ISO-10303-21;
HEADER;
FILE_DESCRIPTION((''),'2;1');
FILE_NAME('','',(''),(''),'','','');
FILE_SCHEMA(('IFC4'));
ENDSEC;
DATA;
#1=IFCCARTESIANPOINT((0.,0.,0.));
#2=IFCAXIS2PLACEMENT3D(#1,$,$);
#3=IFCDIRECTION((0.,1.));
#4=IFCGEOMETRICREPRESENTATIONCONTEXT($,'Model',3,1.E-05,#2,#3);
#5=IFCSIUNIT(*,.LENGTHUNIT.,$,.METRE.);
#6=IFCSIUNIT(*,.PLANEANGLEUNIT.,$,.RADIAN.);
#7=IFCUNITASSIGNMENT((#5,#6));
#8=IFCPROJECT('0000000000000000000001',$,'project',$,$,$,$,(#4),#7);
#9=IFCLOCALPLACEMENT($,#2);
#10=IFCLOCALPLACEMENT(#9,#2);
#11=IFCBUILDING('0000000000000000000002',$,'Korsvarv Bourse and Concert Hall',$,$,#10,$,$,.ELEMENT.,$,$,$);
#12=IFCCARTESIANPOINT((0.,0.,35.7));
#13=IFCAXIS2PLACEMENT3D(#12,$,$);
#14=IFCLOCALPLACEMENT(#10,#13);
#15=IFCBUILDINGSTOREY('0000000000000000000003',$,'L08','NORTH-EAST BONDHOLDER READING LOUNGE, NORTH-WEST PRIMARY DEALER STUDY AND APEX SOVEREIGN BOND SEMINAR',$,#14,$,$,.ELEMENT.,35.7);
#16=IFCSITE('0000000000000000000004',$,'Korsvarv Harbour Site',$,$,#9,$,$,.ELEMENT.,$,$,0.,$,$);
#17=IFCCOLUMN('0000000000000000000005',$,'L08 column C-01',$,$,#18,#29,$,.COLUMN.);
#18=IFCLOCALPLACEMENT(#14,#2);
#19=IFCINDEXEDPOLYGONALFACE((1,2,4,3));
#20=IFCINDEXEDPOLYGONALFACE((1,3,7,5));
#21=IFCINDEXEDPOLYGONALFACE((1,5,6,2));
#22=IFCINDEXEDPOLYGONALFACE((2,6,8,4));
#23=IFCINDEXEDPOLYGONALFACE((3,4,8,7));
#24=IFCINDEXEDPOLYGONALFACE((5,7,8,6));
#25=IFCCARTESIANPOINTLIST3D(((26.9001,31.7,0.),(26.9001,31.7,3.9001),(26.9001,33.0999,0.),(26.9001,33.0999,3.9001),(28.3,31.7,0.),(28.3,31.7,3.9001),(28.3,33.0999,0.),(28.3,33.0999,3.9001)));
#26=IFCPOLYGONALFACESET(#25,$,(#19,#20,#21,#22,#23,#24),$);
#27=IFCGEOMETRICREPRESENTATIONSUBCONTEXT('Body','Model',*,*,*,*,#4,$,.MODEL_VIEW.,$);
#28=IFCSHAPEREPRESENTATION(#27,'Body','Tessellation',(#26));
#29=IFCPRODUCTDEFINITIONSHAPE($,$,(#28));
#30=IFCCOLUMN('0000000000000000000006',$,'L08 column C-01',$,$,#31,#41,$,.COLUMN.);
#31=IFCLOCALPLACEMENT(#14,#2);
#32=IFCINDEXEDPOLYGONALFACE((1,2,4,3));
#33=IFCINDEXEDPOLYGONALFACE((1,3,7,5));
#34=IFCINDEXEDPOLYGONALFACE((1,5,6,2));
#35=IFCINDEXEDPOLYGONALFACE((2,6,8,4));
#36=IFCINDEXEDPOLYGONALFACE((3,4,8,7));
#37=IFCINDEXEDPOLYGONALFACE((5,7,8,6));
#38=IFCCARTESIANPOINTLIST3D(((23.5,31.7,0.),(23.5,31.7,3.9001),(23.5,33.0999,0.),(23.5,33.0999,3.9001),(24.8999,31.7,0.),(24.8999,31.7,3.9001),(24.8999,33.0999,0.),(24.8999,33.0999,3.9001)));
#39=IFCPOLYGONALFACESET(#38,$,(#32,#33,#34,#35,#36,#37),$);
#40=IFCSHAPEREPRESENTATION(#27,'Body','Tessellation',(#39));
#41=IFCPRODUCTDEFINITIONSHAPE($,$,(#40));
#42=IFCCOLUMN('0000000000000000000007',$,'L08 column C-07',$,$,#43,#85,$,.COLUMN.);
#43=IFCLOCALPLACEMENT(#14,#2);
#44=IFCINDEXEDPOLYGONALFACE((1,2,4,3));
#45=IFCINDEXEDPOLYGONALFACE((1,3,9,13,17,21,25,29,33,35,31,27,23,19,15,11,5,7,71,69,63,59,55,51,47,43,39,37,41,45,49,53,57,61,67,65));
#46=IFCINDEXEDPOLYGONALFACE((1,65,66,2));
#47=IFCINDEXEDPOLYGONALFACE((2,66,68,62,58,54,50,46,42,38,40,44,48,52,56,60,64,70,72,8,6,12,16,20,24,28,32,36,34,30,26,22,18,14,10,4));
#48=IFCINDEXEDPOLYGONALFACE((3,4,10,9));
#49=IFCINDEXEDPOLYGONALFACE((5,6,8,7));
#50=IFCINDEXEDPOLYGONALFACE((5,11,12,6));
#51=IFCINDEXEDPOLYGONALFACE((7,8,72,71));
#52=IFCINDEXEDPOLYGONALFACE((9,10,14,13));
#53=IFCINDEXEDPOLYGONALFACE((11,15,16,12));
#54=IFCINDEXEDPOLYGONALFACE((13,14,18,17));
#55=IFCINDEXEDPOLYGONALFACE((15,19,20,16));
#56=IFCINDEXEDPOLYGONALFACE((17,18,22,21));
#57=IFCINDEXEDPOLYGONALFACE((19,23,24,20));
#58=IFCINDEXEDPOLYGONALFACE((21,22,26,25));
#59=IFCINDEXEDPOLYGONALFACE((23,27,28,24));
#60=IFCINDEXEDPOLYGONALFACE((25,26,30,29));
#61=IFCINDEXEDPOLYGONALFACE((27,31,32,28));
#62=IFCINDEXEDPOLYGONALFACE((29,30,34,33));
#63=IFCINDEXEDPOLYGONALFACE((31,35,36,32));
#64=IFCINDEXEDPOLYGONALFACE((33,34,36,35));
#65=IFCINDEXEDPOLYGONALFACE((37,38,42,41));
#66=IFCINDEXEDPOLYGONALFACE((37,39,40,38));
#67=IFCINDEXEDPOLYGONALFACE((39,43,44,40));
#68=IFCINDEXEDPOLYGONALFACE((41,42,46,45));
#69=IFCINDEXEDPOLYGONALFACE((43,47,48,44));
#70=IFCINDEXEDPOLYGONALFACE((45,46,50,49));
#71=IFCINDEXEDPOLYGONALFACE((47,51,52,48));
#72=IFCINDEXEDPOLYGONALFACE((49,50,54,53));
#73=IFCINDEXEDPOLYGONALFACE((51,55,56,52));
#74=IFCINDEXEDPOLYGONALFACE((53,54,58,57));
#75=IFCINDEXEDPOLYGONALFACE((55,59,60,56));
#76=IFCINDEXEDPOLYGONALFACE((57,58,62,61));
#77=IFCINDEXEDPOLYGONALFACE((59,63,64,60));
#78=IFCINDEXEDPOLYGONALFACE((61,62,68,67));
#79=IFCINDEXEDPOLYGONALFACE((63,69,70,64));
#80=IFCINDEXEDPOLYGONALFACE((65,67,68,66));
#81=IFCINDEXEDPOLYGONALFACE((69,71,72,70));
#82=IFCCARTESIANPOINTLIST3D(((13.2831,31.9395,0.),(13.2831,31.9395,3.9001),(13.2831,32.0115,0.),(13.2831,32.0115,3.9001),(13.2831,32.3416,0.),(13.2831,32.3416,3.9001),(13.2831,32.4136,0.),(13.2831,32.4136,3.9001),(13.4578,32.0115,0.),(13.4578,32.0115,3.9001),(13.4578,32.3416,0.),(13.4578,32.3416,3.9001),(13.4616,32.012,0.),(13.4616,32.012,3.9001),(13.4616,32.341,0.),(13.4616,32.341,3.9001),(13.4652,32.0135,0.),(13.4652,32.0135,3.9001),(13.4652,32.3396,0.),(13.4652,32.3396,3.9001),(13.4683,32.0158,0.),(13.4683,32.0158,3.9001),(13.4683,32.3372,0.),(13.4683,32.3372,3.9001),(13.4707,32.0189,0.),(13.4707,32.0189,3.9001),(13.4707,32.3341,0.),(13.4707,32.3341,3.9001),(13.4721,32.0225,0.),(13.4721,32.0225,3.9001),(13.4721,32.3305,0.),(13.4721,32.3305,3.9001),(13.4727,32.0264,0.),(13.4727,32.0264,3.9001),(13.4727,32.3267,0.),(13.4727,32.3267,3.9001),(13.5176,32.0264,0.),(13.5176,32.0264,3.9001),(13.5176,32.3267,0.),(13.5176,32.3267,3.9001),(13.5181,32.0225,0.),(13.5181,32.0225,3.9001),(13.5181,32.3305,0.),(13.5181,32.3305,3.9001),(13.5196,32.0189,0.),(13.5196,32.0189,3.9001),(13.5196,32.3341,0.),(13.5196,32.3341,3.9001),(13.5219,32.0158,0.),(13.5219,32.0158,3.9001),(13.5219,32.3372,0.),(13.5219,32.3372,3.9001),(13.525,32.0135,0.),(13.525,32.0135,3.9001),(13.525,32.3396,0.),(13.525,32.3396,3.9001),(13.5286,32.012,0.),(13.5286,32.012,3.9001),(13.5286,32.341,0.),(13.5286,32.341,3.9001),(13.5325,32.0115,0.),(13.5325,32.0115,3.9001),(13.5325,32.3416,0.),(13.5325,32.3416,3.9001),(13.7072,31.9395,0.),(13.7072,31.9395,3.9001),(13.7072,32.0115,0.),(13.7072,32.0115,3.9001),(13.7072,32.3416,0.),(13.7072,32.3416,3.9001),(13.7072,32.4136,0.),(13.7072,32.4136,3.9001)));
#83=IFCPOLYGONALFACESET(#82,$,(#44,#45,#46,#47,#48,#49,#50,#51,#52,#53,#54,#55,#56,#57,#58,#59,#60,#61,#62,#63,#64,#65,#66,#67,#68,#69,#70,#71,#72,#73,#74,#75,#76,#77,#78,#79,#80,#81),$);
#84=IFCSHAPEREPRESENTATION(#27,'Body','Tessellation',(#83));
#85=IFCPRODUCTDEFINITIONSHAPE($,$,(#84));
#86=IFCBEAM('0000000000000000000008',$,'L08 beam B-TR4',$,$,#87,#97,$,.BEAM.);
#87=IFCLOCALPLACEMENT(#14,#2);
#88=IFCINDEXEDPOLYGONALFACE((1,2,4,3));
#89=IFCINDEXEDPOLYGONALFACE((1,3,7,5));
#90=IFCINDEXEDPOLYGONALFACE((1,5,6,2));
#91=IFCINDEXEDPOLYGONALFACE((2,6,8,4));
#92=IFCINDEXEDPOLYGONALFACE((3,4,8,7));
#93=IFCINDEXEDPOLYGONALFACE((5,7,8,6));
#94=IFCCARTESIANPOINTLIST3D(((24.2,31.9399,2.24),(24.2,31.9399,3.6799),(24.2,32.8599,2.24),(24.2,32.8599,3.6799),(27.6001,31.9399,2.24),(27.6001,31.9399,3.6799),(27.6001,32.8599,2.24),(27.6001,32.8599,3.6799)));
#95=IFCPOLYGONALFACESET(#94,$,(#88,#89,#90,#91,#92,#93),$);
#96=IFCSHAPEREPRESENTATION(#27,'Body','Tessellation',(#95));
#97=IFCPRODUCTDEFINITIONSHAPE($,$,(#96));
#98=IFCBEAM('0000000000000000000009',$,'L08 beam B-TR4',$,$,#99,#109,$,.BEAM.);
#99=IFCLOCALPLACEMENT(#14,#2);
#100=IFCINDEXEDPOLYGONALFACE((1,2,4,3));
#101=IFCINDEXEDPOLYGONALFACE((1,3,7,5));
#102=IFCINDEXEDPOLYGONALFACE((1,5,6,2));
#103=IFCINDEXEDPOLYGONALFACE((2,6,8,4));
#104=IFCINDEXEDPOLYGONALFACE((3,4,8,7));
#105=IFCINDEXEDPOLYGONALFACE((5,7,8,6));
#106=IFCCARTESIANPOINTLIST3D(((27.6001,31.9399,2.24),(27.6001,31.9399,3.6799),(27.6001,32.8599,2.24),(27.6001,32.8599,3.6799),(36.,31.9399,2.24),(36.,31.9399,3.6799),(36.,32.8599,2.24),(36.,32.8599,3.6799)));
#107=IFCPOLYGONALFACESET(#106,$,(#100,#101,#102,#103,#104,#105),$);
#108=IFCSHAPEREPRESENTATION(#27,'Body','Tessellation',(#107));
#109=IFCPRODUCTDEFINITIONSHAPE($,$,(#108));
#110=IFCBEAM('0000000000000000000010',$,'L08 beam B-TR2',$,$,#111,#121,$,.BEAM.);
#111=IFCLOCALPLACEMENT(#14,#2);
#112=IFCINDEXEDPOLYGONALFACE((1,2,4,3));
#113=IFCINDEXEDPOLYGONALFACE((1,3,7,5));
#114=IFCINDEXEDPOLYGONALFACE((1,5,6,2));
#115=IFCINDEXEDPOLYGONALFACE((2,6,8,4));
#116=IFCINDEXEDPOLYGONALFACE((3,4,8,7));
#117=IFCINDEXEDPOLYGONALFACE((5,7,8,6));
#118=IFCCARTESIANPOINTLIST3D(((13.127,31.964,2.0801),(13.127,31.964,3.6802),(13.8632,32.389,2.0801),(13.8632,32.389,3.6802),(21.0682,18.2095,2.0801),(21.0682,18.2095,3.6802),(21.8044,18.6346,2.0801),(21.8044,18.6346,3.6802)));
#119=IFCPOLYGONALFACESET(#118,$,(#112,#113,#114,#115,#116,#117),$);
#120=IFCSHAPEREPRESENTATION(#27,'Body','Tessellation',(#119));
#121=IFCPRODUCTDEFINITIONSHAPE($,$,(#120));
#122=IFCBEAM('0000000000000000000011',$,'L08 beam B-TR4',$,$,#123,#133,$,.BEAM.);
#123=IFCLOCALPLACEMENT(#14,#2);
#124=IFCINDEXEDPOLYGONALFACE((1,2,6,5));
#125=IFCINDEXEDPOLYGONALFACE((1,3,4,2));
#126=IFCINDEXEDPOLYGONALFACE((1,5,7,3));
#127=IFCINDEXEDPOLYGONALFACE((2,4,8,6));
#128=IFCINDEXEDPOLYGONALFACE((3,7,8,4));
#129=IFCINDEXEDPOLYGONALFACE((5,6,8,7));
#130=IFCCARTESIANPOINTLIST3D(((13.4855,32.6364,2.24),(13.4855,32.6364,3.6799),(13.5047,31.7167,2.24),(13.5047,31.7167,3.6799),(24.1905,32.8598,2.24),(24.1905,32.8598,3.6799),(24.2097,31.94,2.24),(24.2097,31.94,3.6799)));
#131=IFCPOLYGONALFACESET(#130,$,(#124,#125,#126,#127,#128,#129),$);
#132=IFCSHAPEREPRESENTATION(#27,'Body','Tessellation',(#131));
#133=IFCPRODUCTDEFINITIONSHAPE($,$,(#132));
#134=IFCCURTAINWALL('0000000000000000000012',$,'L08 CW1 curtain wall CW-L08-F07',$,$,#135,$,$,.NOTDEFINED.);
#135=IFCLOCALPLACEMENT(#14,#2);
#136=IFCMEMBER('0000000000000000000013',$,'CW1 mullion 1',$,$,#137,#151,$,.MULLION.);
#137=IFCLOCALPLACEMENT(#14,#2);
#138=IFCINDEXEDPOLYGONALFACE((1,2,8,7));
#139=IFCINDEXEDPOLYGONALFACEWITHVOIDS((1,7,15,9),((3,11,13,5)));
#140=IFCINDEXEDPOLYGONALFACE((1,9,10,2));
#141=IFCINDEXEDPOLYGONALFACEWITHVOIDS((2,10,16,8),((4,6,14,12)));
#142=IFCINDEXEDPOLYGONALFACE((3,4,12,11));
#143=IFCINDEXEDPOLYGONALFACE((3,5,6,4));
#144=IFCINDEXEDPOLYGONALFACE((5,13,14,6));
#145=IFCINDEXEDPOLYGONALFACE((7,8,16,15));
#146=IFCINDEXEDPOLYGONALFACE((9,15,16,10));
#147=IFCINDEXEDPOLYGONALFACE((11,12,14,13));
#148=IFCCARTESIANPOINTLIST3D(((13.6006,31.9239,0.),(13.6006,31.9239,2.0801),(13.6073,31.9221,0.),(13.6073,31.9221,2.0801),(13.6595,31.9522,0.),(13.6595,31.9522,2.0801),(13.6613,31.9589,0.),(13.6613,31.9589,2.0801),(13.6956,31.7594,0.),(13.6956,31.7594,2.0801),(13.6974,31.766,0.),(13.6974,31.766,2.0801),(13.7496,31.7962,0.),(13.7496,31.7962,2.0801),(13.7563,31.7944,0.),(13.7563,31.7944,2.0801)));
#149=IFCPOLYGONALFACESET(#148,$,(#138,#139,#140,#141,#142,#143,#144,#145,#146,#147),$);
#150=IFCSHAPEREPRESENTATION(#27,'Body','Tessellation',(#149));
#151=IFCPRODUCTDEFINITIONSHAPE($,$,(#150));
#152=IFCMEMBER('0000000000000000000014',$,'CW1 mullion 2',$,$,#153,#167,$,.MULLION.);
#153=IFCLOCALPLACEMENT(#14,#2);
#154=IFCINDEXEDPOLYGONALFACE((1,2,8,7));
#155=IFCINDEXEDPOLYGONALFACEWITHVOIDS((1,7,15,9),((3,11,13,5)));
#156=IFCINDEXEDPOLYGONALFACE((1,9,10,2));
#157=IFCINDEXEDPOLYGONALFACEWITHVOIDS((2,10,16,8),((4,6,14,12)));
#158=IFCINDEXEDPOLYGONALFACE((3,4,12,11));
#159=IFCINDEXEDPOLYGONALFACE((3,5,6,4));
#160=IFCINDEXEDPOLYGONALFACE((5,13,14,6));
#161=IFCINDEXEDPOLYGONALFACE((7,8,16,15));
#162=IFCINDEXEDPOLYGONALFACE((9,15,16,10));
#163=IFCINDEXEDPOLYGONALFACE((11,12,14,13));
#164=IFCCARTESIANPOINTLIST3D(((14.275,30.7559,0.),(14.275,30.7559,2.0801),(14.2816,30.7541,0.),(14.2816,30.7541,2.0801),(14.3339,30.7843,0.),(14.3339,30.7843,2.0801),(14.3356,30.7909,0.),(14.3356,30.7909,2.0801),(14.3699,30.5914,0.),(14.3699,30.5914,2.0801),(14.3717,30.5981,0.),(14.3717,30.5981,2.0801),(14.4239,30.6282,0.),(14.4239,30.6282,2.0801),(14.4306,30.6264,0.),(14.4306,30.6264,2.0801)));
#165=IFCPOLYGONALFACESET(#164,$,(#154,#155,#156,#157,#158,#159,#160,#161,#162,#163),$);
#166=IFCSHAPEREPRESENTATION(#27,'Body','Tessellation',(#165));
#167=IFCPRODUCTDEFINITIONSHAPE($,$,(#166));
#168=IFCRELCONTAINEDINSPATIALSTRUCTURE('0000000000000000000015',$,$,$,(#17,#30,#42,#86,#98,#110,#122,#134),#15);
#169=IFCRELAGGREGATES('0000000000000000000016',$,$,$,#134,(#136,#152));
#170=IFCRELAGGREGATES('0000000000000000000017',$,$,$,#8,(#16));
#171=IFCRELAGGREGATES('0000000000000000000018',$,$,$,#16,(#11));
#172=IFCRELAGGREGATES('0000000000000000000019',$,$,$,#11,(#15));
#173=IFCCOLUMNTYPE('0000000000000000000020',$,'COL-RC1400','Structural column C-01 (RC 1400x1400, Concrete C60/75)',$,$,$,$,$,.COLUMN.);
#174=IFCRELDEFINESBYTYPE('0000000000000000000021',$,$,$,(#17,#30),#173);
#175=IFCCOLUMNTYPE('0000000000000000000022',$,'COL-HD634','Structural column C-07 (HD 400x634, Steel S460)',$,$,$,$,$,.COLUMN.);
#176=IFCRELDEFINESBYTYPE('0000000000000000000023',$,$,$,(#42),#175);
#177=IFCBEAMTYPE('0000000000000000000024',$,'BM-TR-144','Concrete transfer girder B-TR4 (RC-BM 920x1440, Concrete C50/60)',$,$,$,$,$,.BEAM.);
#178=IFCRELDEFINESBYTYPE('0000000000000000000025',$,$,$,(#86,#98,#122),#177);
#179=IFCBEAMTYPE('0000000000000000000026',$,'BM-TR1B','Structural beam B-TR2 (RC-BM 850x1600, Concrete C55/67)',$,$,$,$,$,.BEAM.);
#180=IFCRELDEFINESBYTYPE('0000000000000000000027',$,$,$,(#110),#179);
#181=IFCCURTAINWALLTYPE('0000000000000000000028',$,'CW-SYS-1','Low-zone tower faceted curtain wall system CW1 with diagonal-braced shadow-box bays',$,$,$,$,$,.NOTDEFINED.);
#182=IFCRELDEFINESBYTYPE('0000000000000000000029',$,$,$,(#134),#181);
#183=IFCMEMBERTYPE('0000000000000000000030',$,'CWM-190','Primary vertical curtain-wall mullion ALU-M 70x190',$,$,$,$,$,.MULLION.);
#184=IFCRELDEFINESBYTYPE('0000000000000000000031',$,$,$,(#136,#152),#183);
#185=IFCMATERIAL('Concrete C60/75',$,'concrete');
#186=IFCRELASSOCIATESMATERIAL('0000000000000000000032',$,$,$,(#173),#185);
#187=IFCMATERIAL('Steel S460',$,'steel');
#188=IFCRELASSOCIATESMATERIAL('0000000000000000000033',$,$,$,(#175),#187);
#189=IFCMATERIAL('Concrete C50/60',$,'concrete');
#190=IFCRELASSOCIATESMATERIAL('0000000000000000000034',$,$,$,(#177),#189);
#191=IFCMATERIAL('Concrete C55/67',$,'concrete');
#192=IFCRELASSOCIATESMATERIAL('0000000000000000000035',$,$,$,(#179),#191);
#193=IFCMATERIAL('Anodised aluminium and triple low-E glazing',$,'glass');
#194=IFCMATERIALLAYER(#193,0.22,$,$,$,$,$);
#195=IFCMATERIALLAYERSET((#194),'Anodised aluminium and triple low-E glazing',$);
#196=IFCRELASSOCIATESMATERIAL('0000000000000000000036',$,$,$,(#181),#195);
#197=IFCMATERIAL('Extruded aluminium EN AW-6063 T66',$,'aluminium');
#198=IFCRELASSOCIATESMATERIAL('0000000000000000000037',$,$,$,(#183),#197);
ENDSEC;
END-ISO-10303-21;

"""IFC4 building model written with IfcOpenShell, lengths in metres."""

from ifc_helpers import new_model, si_unit, direction, frame, origin, origin_2d, place, context, subcontext, project, spatial, rectangle, hollow_rectangle, i_section, extrude, source, transform, mapped, material, layer, layer_set, material_profile, profile_set, type_object, element, aggregate, save


model = new_model("IFC4")

# Units and contexts
model_context = context("Model", 3, precision=1e-05, world=origin(), true_north=direction((0.0, 1.0)))
body_context = subcontext(model_context, "Body", "Model", "MODEL_VIEW")
ifc_project = project(units=[si_unit("LENGTHUNIT", "METRE"), si_unit("PLANEANGLEUNIT", "RADIAN")], contexts=[model_context])

# Site, building, storey
site_placement = place(None, origin())
site = spatial("IfcSite", under=ifc_project, at=site_placement, Name="Korsvarv Harbour Site", CompositionType="ELEMENT", RefElevation=0.0)
building_placement = place(site_placement, origin())
building = spatial("IfcBuilding", under=site, at=building_placement, Name="Korsvarv Bourse and Concert Hall", CompositionType="ELEMENT")
storey_placement = place(building_placement, frame((0.0, 0.0, 35.7)))
storey = spatial("IfcBuildingStorey", under=building, at=storey_placement, Name="L08", Description="NORTH-EAST BONDHOLDER READING LOUNGE, NORTH-WEST PRIMARY DEALER STUDY AND APEX SOVEREIGN BOND SEMINAR", CompositionType="ELEMENT", Elevation=35.7)

# Columns
ifc_material_1 = material(Name="Concrete C60/75", Category="concrete")
ifc_material_profile_1 = material_profile(ifc_material_1, rectangle(XDim=1.3999, YDim=1.3999, at=origin_2d()), Name="RC 1400x1400")
ifc_profile_set_1 = profile_set([ifc_material_profile_1], Name="Concrete C60/75")
column_type_1 = type_object("IfcColumnType", Name="COL-RC1400", Description="Structural column C-01 (RC 1400x1400, Concrete C60/75)", PredefinedType="COLUMN", material=ifc_profile_set_1)
shared_shape_1 = source(origin(), body_context, "Body", "SweptSolid", [
    extrude(rectangle(XDim=1.3999, YDim=1.3999, at=origin_2d()), origin(), (0.0, 0.0, 1.0), 3.9001),
])
for number, where, z_axis, x_axis, name in (
    (1, (27.6001, 32.3999, 0.0), (0.0, 0.0, 1.0), (1.0, 0.0, 0.0), "L08 column C-01"),
    (2, (24.2, 32.3999, 0.0), (0.0, 0.0, 1.0), (1.0, 0.0, 0.0), "L08 column C-01"),
):
    element("IfcColumn", number, at=place(storey_placement, frame(where, z_axis=z_axis, x_axis=x_axis)), inside=storey, type_object=column_type_1, Name=name, PredefinedType="COLUMN", context=body_context, shape_type="MappedRepresentation", body=[
        mapped(shared_shape_1, transform((0.0, 0.0, 0.0), scale=1.0)),
    ])
ifc_material_2 = material(Name="Steel S460", Category="steel")
ifc_material_profile_2 = material_profile(ifc_material_2, i_section(OverallWidth=0.4241, OverallDepth=0.4741, WebThickness=0.0449, FlangeThickness=0.072, FilletRadius=0.0149, at=origin_2d()), Name="HD 400x634")
ifc_profile_set_2 = profile_set([ifc_material_profile_2], Name="Steel S460")
column_type_2 = type_object("IfcColumnType", Name="COL-HD634", Description="Structural column C-07 (HD 400x634, Steel S460)", PredefinedType="COLUMN", material=ifc_profile_set_2)
shared_shape_2 = source(origin(), body_context, "Body", "SweptSolid", [
    extrude(i_section(OverallWidth=0.4241, OverallDepth=0.4741, WebThickness=0.0449, FlangeThickness=0.072, FilletRadius=0.0149, at=origin_2d()), origin(), (0.0, 0.0, 1.0), 3.9001),
])
column_placement = place(storey_placement, frame((13.4951, 32.1765, 0.0), z_axis=(0.0, 0.0, 1.0), x_axis=(1.0, 0.0, 0.0)))
element("IfcColumn", 3, at=column_placement, inside=storey, type_object=column_type_2, Name="L08 column C-07", PredefinedType="COLUMN", context=body_context, shape_type="MappedRepresentation", body=[
    mapped(shared_shape_2, transform((0.0, 0.0, 0.0), scale=1.0)),
])

# Beams
ifc_material_3 = material(Name="Concrete C50/60", Category="concrete")
ifc_material_profile_3 = material_profile(ifc_material_3, rectangle(XDim=0.9199, YDim=1.4399, at=origin_2d()), Name="RC-BM 920x1440")
ifc_profile_set_3 = profile_set([ifc_material_profile_3], Name="Concrete C50/60")
beam_type_1 = type_object("IfcBeamType", Name="BM-TR-144", Description="Concrete transfer girder B-TR4 (RC-BM 920x1440, Concrete C50/60)", PredefinedType="BEAM", material=ifc_profile_set_3)
shared_shape_3 = source(origin(), body_context, "Body", "SweptSolid", [
    extrude(rectangle(XDim=0.9199, YDim=1.4399, at=origin_2d()), origin(), (0.0, 0.0, 1.0), 3.4001),
])
beam_1_placement = place(storey_placement, frame((24.2, 32.3999, 2.96), z_axis=(1.0, 0.0, 0.0), x_axis=(0.0, 1.0, 0.0)))
element("IfcBeam", 4, at=beam_1_placement, inside=storey, type_object=beam_type_1, Name="L08 beam B-TR4", PredefinedType="BEAM", context=body_context, shape_type="MappedRepresentation", body=[
    mapped(shared_shape_3, transform((0.0, 0.0, 0.0), scale=1.0)),
])
shared_shape_4 = source(origin(), body_context, "Body", "SweptSolid", [
    extrude(rectangle(XDim=0.9199, YDim=1.4399, at=origin_2d()), origin(), (0.0, 0.0, 1.0), 8.3999),
])
beam_2_placement = place(storey_placement, frame((27.6001, 32.3999, 2.96), z_axis=(1.0, 0.0, 0.0), x_axis=(0.0, 1.0, 0.0)))
element("IfcBeam", 5, at=beam_2_placement, inside=storey, type_object=beam_type_1, Name="L08 beam B-TR4", PredefinedType="BEAM", context=body_context, shape_type="MappedRepresentation", body=[
    mapped(shared_shape_4, transform((0.0, 0.0, 0.0), scale=1.0)),
])
ifc_material_4 = material(Name="Concrete C55/67", Category="concrete")
ifc_material_profile_4 = material_profile(ifc_material_4, rectangle(XDim=0.8501, YDim=1.6001, at=origin_2d()), Name="RC-BM 850x1600")
ifc_profile_set_4 = profile_set([ifc_material_profile_4], Name="Concrete C55/67")
beam_type_2 = type_object("IfcBeamType", Name="BM-TR1B", Description="Structural beam B-TR2 (RC-BM 850x1600, Concrete C55/67)", PredefinedType="BEAM", material=ifc_profile_set_4)
shared_shape_5 = source(origin(), body_context, "Body", "SweptSolid", [
    extrude(rectangle(XDim=0.8501, YDim=1.6001, at=origin_2d()), origin(), (0.0, 0.0, 1.0), 15.8823),
])
beam_3_placement = place(storey_placement, frame((13.4951, 32.1765, 2.8801), z_axis=(0.500003, -0.866024, 0.0), x_axis=(0.866024, 0.500003, 0.0)))
element("IfcBeam", 6, at=beam_3_placement, inside=storey, type_object=beam_type_2, Name="L08 beam B-TR2", PredefinedType="BEAM", context=body_context, shape_type="MappedRepresentation", body=[
    mapped(shared_shape_5, transform((0.0, 0.0, 0.0), scale=1.0)),
])
shared_shape_6 = source(origin(), body_context, "Body", "SweptSolid", [
    extrude(rectangle(XDim=0.9199, YDim=1.4399, at=origin_2d()), origin(), (0.0, 0.0, 1.0), 10.7073),
])
beam_4_placement = place(storey_placement, frame((13.4951, 32.1765, 2.96), z_axis=(0.999782, 0.020863, 0.0), x_axis=(-0.020863, 0.999782, 0.0)))
element("IfcBeam", 7, at=beam_4_placement, inside=storey, type_object=beam_type_1, Name="L08 beam B-TR4", PredefinedType="BEAM", context=body_context, shape_type="MappedRepresentation", body=[
    mapped(shared_shape_6, transform((0.0, 0.0, 0.0), scale=1.0)),
])

# Curtain wall, members
ifc_material_5 = material(Name="Anodised aluminium and triple low-E glazing", Category="glass")
ifc_layer_1 = layer(ifc_material_5, 0.22)
ifc_layer_set_1 = layer_set([ifc_layer_1], Name="Anodised aluminium and triple low-E glazing")
curtain_wall_type = type_object("IfcCurtainWallType", Name="CW-SYS-1", Description="Low-zone tower faceted curtain wall system CW1 with diagonal-braced shadow-box bays", PredefinedType="NOTDEFINED", material=ifc_layer_set_1)
curtain_wall_placement = place(storey_placement, origin())
curtain_wall = element("IfcCurtainWall", 8, at=curtain_wall_placement, inside=storey, type_object=curtain_wall_type, Name="L08 CW1 curtain wall CW-L08-F07", PredefinedType="NOTDEFINED")
ifc_material_6 = material(Name="Extruded aluminium EN AW-6063 T66", Category="aluminium")
ifc_material_profile_5 = material_profile(ifc_material_6, hollow_rectangle(XDim=0.0701, YDim=0.1899, WallThickness=0.0049, at=origin_2d()), Name="ALU-M 70x190")
ifc_profile_set_5 = profile_set([ifc_material_profile_5], Name="Extruded aluminium EN AW-6063 T66")
member_type_1 = type_object("IfcMemberType", Name="CWM-190", Description="Primary vertical curtain-wall mullion ALU-M 70x190", PredefinedType="MULLION", material=ifc_profile_set_5)
shared_shape_7 = source(origin(), body_context, "Body", "SweptSolid", [
    extrude(hollow_rectangle(XDim=0.0701, YDim=0.1899, WallThickness=0.0049, at=origin_2d()), origin(), (0.0, 0.0, 1.0), 2.0801),
])
member_1_placement = place(storey_placement, frame((13.6785, 31.8591, 0.0), z_axis=(0.0, 0.0, 1.0), x_axis=(0.866026, 0.5, 0.0)))
member_1 = element("IfcMember", 9, at=member_1_placement, type_object=member_type_1, Name="CW1 mullion 1", PredefinedType="MULLION", context=body_context, shape_type="MappedRepresentation", body=[
    mapped(shared_shape_7, transform((0.0, 0.0, 0.0), scale=1.0)),
])
member_2_placement = place(storey_placement, frame((14.3528, 30.6912, 0.0), z_axis=(0.0, 0.0, 1.0), x_axis=(0.866026, 0.5, 0.0)))
member_2 = element("IfcMember", 10, at=member_2_placement, type_object=member_type_1, Name="CW1 mullion 2", PredefinedType="MULLION", context=body_context, shape_type="MappedRepresentation", body=[
    mapped(shared_shape_7, transform((0.0, 0.0, 0.0), scale=1.0)),
])
aggregate(curtain_wall, [member_1, member_2])

save(model, "model.ifc")
